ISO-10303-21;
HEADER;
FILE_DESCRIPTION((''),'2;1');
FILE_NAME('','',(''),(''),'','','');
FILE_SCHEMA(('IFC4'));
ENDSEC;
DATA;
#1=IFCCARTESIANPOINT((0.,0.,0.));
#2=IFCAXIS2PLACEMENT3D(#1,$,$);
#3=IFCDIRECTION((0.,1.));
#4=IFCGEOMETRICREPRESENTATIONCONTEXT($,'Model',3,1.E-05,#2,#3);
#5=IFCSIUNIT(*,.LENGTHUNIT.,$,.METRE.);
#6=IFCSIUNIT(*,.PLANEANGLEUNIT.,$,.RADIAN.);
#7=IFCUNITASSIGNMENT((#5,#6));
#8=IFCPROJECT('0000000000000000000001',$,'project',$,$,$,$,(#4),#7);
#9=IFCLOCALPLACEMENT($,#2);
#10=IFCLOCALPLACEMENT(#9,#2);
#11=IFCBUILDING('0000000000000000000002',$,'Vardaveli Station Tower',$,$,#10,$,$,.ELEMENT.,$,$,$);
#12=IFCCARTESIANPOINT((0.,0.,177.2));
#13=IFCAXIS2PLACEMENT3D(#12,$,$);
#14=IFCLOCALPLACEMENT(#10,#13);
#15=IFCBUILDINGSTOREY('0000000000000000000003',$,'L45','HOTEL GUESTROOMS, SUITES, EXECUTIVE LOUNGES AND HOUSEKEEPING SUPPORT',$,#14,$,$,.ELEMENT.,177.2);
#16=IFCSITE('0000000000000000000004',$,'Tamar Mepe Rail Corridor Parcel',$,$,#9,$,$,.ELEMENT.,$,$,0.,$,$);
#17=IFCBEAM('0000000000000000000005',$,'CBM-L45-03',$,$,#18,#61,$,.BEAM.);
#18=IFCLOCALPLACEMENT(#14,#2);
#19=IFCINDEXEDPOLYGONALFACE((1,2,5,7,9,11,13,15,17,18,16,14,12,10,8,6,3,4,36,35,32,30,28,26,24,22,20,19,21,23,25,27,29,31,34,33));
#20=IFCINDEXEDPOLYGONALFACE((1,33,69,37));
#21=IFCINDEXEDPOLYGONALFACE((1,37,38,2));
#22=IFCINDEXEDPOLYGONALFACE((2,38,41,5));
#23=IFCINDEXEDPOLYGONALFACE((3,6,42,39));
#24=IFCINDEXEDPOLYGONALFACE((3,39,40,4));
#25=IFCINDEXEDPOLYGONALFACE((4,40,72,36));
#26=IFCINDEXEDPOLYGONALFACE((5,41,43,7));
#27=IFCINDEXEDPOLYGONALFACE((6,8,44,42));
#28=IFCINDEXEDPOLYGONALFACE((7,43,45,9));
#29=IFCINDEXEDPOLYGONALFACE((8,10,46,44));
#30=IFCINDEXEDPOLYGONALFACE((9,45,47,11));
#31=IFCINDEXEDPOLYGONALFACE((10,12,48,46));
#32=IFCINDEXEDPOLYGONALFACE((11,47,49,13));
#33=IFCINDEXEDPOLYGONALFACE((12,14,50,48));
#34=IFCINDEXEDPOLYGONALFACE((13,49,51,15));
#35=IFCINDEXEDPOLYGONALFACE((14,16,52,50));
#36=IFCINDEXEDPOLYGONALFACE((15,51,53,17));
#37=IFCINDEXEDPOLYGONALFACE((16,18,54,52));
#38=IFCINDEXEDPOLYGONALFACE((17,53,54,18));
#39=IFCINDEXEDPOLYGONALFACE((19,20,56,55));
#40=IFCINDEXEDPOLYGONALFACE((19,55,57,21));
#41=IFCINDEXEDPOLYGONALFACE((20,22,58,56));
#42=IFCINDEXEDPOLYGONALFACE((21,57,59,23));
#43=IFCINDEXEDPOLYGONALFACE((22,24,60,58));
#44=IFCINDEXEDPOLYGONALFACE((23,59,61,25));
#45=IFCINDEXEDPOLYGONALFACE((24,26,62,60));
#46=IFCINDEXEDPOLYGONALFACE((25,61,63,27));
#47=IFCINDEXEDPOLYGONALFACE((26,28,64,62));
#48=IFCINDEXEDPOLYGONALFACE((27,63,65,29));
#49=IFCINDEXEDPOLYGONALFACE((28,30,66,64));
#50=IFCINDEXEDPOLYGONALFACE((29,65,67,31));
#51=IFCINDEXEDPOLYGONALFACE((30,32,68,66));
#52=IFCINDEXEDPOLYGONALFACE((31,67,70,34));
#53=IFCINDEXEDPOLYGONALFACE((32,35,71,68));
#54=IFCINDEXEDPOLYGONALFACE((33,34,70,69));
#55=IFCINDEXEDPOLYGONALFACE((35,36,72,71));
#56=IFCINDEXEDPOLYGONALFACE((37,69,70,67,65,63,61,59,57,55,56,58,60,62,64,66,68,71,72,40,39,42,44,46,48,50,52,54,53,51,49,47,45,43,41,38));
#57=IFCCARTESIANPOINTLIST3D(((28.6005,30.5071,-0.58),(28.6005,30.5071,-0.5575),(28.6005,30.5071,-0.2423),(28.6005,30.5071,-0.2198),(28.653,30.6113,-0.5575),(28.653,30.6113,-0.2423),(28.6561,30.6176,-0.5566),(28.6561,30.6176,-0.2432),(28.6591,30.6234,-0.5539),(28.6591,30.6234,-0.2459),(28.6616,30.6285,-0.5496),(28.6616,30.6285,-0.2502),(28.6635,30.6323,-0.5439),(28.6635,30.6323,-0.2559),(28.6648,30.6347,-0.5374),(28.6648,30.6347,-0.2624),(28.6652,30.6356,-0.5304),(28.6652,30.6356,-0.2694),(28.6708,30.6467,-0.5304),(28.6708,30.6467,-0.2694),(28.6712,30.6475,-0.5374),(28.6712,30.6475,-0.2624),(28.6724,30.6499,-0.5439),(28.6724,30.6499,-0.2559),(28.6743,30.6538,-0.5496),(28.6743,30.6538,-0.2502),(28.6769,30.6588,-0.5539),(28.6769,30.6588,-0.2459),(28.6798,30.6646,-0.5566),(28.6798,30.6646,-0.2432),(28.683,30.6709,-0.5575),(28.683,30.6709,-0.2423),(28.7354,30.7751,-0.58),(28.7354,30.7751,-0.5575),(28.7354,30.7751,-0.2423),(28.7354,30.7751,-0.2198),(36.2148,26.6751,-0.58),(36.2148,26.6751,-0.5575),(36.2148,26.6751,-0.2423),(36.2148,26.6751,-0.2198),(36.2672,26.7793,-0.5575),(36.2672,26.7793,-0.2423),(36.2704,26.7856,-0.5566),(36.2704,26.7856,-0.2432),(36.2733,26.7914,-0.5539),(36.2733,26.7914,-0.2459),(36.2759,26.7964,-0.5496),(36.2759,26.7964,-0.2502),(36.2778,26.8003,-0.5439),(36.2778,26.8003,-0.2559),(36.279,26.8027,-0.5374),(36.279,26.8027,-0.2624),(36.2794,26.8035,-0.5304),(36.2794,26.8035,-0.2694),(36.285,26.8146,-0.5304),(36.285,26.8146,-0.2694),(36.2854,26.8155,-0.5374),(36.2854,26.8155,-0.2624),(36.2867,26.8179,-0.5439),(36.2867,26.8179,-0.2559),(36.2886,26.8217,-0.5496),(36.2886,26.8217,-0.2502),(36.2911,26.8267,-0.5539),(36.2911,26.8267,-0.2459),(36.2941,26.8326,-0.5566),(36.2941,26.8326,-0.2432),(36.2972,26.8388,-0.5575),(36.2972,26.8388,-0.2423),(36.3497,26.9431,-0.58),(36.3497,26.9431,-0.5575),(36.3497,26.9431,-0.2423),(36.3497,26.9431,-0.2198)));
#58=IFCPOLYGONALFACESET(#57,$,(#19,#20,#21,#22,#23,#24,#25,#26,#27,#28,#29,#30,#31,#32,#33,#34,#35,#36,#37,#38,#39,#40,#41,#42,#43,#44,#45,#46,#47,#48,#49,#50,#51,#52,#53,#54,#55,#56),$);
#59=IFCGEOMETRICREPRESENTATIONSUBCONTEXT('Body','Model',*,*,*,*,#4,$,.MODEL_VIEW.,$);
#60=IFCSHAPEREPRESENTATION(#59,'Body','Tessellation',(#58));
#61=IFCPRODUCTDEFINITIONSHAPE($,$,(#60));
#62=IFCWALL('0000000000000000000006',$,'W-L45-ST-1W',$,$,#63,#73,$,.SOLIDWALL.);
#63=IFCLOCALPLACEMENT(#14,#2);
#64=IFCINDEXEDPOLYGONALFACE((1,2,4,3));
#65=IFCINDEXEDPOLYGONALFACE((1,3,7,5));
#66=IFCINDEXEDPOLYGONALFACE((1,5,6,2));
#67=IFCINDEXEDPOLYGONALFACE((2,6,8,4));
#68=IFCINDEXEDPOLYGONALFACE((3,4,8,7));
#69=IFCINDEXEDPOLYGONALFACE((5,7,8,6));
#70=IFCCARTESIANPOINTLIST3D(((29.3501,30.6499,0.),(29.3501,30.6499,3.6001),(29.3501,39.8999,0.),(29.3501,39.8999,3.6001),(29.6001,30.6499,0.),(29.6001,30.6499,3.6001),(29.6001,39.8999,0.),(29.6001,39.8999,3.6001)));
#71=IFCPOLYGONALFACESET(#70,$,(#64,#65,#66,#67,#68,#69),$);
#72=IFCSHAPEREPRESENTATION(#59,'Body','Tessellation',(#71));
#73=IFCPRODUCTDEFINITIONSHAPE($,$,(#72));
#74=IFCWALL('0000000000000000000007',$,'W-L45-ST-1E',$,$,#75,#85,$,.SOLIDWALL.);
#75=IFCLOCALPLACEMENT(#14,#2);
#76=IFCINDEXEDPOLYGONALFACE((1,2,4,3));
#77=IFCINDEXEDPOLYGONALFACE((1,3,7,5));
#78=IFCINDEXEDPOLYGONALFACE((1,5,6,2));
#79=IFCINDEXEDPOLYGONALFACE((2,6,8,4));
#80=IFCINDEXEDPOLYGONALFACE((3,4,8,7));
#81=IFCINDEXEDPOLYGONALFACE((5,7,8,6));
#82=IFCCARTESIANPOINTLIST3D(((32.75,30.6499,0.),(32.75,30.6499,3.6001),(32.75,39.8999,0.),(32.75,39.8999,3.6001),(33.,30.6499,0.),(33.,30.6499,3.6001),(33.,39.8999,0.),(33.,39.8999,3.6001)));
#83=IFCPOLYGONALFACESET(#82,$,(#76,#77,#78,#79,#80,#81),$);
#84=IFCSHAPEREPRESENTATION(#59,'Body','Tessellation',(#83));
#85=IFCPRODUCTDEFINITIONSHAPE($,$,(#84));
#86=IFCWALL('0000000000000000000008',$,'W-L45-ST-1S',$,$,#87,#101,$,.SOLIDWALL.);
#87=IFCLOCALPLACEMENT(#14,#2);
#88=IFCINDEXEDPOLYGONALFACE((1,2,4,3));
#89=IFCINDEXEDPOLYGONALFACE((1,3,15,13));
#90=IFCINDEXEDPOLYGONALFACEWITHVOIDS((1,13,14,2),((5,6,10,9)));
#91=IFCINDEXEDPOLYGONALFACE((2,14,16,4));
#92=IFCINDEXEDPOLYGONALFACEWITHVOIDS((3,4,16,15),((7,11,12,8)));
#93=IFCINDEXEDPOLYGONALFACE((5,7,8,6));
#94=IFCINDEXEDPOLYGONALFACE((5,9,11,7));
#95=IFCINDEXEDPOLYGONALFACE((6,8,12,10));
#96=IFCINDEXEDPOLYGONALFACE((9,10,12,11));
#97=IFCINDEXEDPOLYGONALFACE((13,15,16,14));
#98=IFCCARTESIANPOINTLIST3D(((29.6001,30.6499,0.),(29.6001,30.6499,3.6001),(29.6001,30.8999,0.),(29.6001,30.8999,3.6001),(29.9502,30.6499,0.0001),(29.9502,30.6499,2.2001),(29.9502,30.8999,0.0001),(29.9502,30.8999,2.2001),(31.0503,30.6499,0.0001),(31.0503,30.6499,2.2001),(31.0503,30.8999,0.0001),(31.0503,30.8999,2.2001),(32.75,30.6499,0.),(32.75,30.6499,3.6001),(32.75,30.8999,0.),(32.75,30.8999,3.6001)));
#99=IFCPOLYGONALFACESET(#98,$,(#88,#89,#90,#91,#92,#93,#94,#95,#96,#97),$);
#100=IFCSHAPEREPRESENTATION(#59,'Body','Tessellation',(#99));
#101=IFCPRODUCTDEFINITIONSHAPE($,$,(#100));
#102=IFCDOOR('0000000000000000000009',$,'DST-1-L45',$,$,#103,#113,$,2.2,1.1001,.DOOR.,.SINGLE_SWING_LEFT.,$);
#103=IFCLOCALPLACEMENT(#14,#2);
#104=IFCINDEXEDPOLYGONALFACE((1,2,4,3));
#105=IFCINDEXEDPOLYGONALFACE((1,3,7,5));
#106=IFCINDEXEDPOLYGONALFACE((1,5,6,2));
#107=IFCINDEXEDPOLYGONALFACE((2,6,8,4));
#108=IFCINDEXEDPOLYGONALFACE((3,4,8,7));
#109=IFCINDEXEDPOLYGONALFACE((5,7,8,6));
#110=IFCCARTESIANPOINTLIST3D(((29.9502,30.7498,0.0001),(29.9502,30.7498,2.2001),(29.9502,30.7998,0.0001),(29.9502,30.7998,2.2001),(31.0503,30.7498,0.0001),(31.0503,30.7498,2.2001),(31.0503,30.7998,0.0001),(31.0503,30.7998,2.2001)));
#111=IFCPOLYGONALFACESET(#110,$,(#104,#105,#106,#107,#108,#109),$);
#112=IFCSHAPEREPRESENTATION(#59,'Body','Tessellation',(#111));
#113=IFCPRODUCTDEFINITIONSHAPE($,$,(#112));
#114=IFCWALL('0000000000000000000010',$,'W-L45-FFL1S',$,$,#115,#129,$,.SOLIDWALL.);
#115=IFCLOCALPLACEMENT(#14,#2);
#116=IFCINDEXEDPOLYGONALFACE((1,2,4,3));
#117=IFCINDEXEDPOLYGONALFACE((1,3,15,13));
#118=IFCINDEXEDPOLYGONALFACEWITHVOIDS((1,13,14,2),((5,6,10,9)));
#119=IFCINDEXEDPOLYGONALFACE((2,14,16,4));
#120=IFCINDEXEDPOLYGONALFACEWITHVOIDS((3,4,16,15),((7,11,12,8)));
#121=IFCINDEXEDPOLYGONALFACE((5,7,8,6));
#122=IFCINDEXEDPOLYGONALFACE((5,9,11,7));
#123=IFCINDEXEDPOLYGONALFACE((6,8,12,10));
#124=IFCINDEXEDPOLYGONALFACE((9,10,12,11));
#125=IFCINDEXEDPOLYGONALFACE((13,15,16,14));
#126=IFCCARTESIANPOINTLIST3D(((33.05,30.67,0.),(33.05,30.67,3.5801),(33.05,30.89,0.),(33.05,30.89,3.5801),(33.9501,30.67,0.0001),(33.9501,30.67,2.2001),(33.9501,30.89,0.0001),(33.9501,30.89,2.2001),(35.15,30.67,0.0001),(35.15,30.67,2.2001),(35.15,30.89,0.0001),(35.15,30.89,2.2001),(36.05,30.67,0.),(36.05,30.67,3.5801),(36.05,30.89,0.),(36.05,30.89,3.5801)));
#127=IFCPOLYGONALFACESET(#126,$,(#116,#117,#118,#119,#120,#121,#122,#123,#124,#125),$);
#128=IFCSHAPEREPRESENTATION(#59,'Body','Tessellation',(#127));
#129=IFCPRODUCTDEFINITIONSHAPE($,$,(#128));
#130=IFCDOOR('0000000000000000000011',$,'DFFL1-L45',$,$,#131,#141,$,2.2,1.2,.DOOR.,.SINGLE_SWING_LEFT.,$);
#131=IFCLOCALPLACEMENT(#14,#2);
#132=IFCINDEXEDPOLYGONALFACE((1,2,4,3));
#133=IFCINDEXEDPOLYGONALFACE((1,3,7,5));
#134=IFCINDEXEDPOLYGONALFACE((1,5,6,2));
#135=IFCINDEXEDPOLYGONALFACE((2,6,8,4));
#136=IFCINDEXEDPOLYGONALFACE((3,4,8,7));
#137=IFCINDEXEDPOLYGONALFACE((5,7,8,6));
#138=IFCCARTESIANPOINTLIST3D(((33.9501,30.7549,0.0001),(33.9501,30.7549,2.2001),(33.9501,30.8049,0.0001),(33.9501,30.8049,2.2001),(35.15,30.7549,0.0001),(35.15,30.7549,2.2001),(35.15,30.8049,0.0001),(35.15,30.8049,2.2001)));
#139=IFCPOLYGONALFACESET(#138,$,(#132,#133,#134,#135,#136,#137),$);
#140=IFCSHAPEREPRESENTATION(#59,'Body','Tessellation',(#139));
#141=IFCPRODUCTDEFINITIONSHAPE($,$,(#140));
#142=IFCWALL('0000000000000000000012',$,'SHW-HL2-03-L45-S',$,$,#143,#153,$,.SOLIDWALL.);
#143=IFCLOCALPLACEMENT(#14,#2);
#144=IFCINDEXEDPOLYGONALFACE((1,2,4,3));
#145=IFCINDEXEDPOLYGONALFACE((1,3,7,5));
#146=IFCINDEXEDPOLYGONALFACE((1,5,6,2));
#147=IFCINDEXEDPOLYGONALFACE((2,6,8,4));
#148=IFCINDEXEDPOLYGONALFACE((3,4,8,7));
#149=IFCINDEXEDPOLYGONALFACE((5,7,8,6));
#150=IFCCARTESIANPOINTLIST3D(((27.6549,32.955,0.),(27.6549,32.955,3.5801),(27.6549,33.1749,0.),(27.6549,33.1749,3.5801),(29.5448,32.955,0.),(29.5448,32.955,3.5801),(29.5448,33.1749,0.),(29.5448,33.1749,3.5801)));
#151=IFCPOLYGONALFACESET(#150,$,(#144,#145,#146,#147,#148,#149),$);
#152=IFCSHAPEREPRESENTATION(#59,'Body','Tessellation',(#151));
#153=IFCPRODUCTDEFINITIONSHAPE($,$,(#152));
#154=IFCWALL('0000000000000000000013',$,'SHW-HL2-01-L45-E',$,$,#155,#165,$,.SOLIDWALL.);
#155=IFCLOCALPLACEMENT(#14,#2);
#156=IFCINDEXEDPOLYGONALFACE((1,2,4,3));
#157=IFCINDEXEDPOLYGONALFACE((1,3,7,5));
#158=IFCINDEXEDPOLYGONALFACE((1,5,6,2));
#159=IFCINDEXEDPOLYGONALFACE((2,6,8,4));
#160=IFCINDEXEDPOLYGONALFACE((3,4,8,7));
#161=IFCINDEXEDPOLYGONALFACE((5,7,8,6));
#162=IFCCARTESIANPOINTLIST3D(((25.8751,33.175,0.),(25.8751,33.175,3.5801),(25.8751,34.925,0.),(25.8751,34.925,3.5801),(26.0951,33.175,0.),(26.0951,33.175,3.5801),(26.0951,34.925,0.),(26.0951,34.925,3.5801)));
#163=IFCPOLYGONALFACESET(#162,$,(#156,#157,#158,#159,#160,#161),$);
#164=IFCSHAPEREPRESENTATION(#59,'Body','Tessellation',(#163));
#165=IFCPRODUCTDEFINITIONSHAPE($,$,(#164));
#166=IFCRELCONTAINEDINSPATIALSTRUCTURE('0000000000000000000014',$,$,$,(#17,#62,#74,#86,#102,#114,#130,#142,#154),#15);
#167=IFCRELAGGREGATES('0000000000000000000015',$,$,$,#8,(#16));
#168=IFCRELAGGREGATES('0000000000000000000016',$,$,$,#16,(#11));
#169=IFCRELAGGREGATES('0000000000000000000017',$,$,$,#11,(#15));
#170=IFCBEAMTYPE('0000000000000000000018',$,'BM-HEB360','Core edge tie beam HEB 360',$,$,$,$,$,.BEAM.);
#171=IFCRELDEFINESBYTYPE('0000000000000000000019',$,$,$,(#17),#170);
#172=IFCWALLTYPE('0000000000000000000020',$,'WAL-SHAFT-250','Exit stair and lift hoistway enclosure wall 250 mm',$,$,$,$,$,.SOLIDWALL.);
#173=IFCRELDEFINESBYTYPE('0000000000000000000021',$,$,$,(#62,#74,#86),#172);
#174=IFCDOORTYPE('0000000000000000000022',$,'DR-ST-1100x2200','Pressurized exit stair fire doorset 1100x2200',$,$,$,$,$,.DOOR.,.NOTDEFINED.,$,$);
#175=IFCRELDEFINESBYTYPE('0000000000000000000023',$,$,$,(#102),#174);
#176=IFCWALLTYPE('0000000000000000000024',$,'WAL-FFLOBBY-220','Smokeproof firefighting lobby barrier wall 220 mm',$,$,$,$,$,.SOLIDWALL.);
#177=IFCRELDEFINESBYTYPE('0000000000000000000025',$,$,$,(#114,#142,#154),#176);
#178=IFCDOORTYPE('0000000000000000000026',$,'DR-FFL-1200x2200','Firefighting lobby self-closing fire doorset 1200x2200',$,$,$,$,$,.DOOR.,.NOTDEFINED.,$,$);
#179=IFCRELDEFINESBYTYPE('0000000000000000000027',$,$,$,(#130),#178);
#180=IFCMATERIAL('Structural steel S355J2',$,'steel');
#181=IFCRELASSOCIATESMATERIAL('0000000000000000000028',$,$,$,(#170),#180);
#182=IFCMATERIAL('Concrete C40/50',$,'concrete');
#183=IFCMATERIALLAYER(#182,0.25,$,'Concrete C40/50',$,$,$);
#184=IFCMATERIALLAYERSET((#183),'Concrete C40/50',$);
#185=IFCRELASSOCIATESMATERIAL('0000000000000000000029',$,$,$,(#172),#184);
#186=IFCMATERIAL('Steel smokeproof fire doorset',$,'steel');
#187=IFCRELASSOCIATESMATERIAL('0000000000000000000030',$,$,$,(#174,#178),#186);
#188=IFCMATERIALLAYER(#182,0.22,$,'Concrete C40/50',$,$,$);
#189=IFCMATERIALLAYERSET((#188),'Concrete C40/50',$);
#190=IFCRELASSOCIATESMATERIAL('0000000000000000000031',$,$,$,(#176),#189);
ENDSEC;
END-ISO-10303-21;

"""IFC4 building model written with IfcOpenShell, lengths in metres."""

from ifc_helpers import new_model, si_unit, direction, frame, frame_2d, origin, origin_2d, place, context, subcontext, project, spatial, rectangle, i_section, extrude, source, transform, mapped, material, layer, layer_set, material_profile, profile_set, type_object, element, fill, save


model = new_model("IFC4")

# Units and contexts
model_context = context("Model", 3, precision=1e-05, world=origin(), true_north=direction((0.0, 1.0)))
body_context = subcontext(model_context, "Body", "Model", "MODEL_VIEW")
ifc_project = project(units=[si_unit("LENGTHUNIT", "METRE"), si_unit("PLANEANGLEUNIT", "RADIAN")], contexts=[model_context])

# Site, building, storey
site_placement = place(None, origin())
site = spatial("IfcSite", under=ifc_project, at=site_placement, Name="Tamar Mepe Rail Corridor Parcel", CompositionType="ELEMENT", RefElevation=0.0)
building_placement = place(site_placement, origin())
building = spatial("IfcBuilding", under=site, at=building_placement, Name="Vardaveli Station Tower", CompositionType="ELEMENT")
storey_placement = place(building_placement, frame((0.0, 0.0, 177.2)))
storey = spatial("IfcBuildingStorey", under=building, at=storey_placement, Name="L45", Description="HOTEL GUESTROOMS, SUITES, EXECUTIVE LOUNGES AND HOUSEKEEPING SUPPORT", CompositionType="ELEMENT", Elevation=177.2)

# Beam
ifc_material_1 = material(Name="Structural steel S355J2", Category="steel")
ifc_material_profile_1 = material_profile(ifc_material_1, i_section(OverallWidth=0.3, OverallDepth=0.3601, WebThickness=0.0125, FlangeThickness=0.0225, FilletRadius=0.0271, at=origin_2d()), Name="HEB 360")
ifc_profile_set_1 = profile_set([ifc_material_profile_1], Name="Structural steel S355J2")
beam_type_1 = type_object("IfcBeamType", Name="BM-HEB360", Description="Core edge tie beam HEB 360", PredefinedType="BEAM", material=ifc_profile_set_1)
shared_shape_1 = source(origin(), body_context, "Body", "SweptSolid", [
    extrude(i_section(OverallWidth=0.3, OverallDepth=0.3601, WebThickness=0.0125, FlangeThickness=0.0225, FilletRadius=0.0271, at=origin_2d()), origin(), (0.0, 0.0, 1.0), 8.5242),
])
beam_1_placement = place(storey_placement, frame((28.668, 30.6411, -0.3999), z_axis=(0.893256, -0.449549, 0.0), x_axis=(0.449549, 0.893256, 0.0)))
element("IfcBeam", 1, at=beam_1_placement, inside=storey, type_object=beam_type_1, Name="CBM-L45-03", PredefinedType="BEAM", context=body_context, shape_type="MappedRepresentation", body=[
    mapped(shared_shape_1, transform((0.0, 0.0, 0.0), scale=1.0)),
])

# Walls
ifc_material_2 = material(Name="Concrete C40/50", Category="concrete")
ifc_layer_1 = layer(ifc_material_2, 0.25, Name="Concrete C40/50")
ifc_layer_set_1 = layer_set([ifc_layer_1], Name="Concrete C40/50")
wall_type_1 = type_object("IfcWallType", Name="WAL-SHAFT-250", Description="Exit stair and lift hoistway enclosure wall 250 mm", PredefinedType="SOLIDWALL", material=ifc_layer_set_1)
shared_shape_2 = source(origin(), body_context, "Body", "SweptSolid", [
    extrude(rectangle(XDim=9.25, YDim=0.25, at=frame_2d((4.625, 0.0))), origin(), (0.0, 0.0, 1.0), 3.6001),
])
for number, where, z_axis, x_axis, name in (
    (2, (29.4751, 30.6499, 0.0), (0.0, 0.0, 1.0), (0.0, 1.0, 0.0), "W-L45-ST-1W"),
    (3, (32.875, 30.6499, 0.0), (0.0, 0.0, 1.0), (0.0, 1.0, 0.0), "W-L45-ST-1E"),
):
    element("IfcWall", number, at=place(storey_placement, frame(where, z_axis=z_axis, x_axis=x_axis)), inside=storey, type_object=wall_type_1, Name=name, PredefinedType="SOLIDWALL", context=body_context, shape_type="MappedRepresentation", body=[
        mapped(shared_shape_2, transform((0.0, 0.0, 0.0), scale=1.0)),
    ])

# Walls, openings, doors
shared_shape_3 = source(origin(), body_context, "Body", "SweptSolid", [
    extrude(rectangle(XDim=3.1499, YDim=0.25, at=frame_2d((1.575, 0.0))), origin(), (0.0, 0.0, 1.0), 3.6001),
])
wall_1_placement = place(storey_placement, frame((29.6001, 30.7749, 0.0), z_axis=(0.0, 0.0, 1.0), x_axis=(1.0, 0.0, 0.0)))
wall_1 = element("IfcWall", 4, at=wall_1_placement, inside=storey, type_object=wall_type_1, Name="W-L45-ST-1S", PredefinedType="SOLIDWALL", context=body_context, shape_type="MappedRepresentation", body=[
    mapped(shared_shape_3, transform((0.0, 0.0, 0.0), scale=1.0)),
])
shared_shape_4 = source(origin(), body_context, "Body", "SweptSolid", [
    extrude(rectangle(XDim=1.1001, YDim=2.2, at=frame_2d((0.55, 1.1001))), frame((0.0, 0.135, 0.0), z_axis=(0.0, -1.0, 0.0), x_axis=(1.0, 0.0, 0.0)), (0.0, 0.0, 1.0), 0.27),
])
opening_1_placement = place(wall_1_placement, frame((0.3501, 0.0, 0.0)))
opening_1 = element("IfcOpeningElement", 5, at=opening_1_placement, cuts=wall_1, PredefinedType="OPENING", context=body_context, shape_type="MappedRepresentation", body=[
    mapped(shared_shape_4, transform((0.0, 0.0, 0.0), scale=1.0)),
])
ifc_material_3 = material(Name="Steel smokeproof fire doorset", Category="steel")
door_type_1 = type_object("IfcDoorType", Name="DR-ST-1100x2200", Description="Pressurized exit stair fire doorset 1100x2200", OperationType="NOTDEFINED", PredefinedType="DOOR", material=ifc_material_3)
shared_shape_5 = source(origin(), body_context, "Body", "SweptSolid", [
    extrude(rectangle(XDim=1.1001, YDim=2.2, at=frame_2d((0.55, 1.1001))), frame((0.0, 0.0249, 0.0), z_axis=(0.0, -1.0, 0.0), x_axis=(1.0, 0.0, 0.0)), (0.0, 0.0, 1.0), 0.05),
])
door_1_placement = place(opening_1_placement, origin())
door_1 = element("IfcDoor", 6, at=door_1_placement, inside=storey, type_object=door_type_1, Name="DST-1-L45", OperationType="SINGLE_SWING_LEFT", OverallHeight=2.2, OverallWidth=1.1001, PredefinedType="DOOR", context=body_context, shape_type="MappedRepresentation", body=[
    mapped(shared_shape_5, transform((0.0, 0.0, 0.0), scale=1.0)),
])
fill(opening_1, door_1)
ifc_layer_2 = layer(ifc_material_2, 0.22, Name="Concrete C40/50")
ifc_layer_set_2 = layer_set([ifc_layer_2], Name="Concrete C40/50")
wall_type_2 = type_object("IfcWallType", Name="WAL-FFLOBBY-220", Description="Smokeproof firefighting lobby barrier wall 220 mm", PredefinedType="SOLIDWALL", material=ifc_layer_set_2)
shared_shape_6 = source(origin(), body_context, "Body", "SweptSolid", [
    extrude(rectangle(XDim=3.0, YDim=0.22, at=frame_2d((1.5, 0.0))), origin(), (0.0, 0.0, 1.0), 3.5801),
])
wall_2_placement = place(storey_placement, frame((33.05, 30.78, 0.0), z_axis=(0.0, 0.0, 1.0), x_axis=(1.0, 0.0, 0.0)))
wall_2 = element("IfcWall", 7, at=wall_2_placement, inside=storey, type_object=wall_type_2, Name="W-L45-FFL1S", PredefinedType="SOLIDWALL", context=body_context, shape_type="MappedRepresentation", body=[
    mapped(shared_shape_6, transform((0.0, 0.0, 0.0), scale=1.0)),
])
shared_shape_7 = source(origin(), body_context, "Body", "SweptSolid", [
    extrude(rectangle(XDim=1.2, YDim=2.2, at=frame_2d((0.6001, 1.1001))), frame((0.0, 0.1201, 0.0), z_axis=(0.0, -1.0, 0.0), x_axis=(1.0, 0.0, 0.0)), (0.0, 0.0, 1.0), 0.24),
])
opening_2_placement = place(wall_2_placement, frame((0.8999, 0.0, 0.0)))
opening_2 = element("IfcOpeningElement", 8, at=opening_2_placement, cuts=wall_2, PredefinedType="OPENING", context=body_context, shape_type="MappedRepresentation", body=[
    mapped(shared_shape_7, transform((0.0, 0.0, 0.0), scale=1.0)),
])
door_type_2 = type_object("IfcDoorType", Name="DR-FFL-1200x2200", Description="Firefighting lobby self-closing fire doorset 1200x2200", OperationType="NOTDEFINED", PredefinedType="DOOR", material=ifc_material_3)
shared_shape_8 = source(origin(), body_context, "Body", "SweptSolid", [
    extrude(rectangle(XDim=1.2, YDim=2.2, at=frame_2d((0.6001, 1.1001))), frame((0.0, 0.0249, 0.0), z_axis=(0.0, -1.0, 0.0), x_axis=(1.0, 0.0, 0.0)), (0.0, 0.0, 1.0), 0.05),
])
door_2_placement = place(opening_2_placement, origin())
door_2 = element("IfcDoor", 9, at=door_2_placement, inside=storey, type_object=door_type_2, Name="DFFL1-L45", OperationType="SINGLE_SWING_LEFT", OverallHeight=2.2, OverallWidth=1.2, PredefinedType="DOOR", context=body_context, shape_type="MappedRepresentation", body=[
    mapped(shared_shape_8, transform((0.0, 0.0, 0.0), scale=1.0)),
])
fill(opening_2, door_2)

# Walls
shared_shape_9 = source(origin(), body_context, "Body", "SweptSolid", [
    extrude(rectangle(XDim=1.8899, YDim=0.22, at=frame_2d((0.9448, 0.0))), origin(), (0.0, 0.0, 1.0), 3.5801),
])
wall_3_placement = place(storey_placement, frame((27.655, 33.0649, 0.0), z_axis=(0.0, 0.0, 1.0), x_axis=(1.0, 0.0, 0.0)))
element("IfcWall", 10, at=wall_3_placement, inside=storey, type_object=wall_type_2, Name="SHW-HL2-03-L45-S", PredefinedType="SOLIDWALL", context=body_context, shape_type="MappedRepresentation", body=[
    mapped(shared_shape_9, transform((0.0, 0.0, 0.0), scale=1.0)),
])
shared_shape_10 = source(origin(), body_context, "Body", "SweptSolid", [
    extrude(rectangle(XDim=1.75, YDim=0.22, at=frame_2d((0.875, 0.0))), origin(), (0.0, 0.0, 1.0), 3.5801),
])
wall_4_placement = place(storey_placement, frame((25.9851, 33.175, 0.0), z_axis=(0.0, 0.0, 1.0), x_axis=(0.0, 1.0, 0.0)))
element("IfcWall", 11, at=wall_4_placement, inside=storey, type_object=wall_type_2, Name="SHW-HL2-01-L45-E", PredefinedType="SOLIDWALL", context=body_context, shape_type="MappedRepresentation", body=[
    mapped(shared_shape_10, transform((0.0, 0.0, 0.0), scale=1.0)),
])

save(model, "model.ifc")
